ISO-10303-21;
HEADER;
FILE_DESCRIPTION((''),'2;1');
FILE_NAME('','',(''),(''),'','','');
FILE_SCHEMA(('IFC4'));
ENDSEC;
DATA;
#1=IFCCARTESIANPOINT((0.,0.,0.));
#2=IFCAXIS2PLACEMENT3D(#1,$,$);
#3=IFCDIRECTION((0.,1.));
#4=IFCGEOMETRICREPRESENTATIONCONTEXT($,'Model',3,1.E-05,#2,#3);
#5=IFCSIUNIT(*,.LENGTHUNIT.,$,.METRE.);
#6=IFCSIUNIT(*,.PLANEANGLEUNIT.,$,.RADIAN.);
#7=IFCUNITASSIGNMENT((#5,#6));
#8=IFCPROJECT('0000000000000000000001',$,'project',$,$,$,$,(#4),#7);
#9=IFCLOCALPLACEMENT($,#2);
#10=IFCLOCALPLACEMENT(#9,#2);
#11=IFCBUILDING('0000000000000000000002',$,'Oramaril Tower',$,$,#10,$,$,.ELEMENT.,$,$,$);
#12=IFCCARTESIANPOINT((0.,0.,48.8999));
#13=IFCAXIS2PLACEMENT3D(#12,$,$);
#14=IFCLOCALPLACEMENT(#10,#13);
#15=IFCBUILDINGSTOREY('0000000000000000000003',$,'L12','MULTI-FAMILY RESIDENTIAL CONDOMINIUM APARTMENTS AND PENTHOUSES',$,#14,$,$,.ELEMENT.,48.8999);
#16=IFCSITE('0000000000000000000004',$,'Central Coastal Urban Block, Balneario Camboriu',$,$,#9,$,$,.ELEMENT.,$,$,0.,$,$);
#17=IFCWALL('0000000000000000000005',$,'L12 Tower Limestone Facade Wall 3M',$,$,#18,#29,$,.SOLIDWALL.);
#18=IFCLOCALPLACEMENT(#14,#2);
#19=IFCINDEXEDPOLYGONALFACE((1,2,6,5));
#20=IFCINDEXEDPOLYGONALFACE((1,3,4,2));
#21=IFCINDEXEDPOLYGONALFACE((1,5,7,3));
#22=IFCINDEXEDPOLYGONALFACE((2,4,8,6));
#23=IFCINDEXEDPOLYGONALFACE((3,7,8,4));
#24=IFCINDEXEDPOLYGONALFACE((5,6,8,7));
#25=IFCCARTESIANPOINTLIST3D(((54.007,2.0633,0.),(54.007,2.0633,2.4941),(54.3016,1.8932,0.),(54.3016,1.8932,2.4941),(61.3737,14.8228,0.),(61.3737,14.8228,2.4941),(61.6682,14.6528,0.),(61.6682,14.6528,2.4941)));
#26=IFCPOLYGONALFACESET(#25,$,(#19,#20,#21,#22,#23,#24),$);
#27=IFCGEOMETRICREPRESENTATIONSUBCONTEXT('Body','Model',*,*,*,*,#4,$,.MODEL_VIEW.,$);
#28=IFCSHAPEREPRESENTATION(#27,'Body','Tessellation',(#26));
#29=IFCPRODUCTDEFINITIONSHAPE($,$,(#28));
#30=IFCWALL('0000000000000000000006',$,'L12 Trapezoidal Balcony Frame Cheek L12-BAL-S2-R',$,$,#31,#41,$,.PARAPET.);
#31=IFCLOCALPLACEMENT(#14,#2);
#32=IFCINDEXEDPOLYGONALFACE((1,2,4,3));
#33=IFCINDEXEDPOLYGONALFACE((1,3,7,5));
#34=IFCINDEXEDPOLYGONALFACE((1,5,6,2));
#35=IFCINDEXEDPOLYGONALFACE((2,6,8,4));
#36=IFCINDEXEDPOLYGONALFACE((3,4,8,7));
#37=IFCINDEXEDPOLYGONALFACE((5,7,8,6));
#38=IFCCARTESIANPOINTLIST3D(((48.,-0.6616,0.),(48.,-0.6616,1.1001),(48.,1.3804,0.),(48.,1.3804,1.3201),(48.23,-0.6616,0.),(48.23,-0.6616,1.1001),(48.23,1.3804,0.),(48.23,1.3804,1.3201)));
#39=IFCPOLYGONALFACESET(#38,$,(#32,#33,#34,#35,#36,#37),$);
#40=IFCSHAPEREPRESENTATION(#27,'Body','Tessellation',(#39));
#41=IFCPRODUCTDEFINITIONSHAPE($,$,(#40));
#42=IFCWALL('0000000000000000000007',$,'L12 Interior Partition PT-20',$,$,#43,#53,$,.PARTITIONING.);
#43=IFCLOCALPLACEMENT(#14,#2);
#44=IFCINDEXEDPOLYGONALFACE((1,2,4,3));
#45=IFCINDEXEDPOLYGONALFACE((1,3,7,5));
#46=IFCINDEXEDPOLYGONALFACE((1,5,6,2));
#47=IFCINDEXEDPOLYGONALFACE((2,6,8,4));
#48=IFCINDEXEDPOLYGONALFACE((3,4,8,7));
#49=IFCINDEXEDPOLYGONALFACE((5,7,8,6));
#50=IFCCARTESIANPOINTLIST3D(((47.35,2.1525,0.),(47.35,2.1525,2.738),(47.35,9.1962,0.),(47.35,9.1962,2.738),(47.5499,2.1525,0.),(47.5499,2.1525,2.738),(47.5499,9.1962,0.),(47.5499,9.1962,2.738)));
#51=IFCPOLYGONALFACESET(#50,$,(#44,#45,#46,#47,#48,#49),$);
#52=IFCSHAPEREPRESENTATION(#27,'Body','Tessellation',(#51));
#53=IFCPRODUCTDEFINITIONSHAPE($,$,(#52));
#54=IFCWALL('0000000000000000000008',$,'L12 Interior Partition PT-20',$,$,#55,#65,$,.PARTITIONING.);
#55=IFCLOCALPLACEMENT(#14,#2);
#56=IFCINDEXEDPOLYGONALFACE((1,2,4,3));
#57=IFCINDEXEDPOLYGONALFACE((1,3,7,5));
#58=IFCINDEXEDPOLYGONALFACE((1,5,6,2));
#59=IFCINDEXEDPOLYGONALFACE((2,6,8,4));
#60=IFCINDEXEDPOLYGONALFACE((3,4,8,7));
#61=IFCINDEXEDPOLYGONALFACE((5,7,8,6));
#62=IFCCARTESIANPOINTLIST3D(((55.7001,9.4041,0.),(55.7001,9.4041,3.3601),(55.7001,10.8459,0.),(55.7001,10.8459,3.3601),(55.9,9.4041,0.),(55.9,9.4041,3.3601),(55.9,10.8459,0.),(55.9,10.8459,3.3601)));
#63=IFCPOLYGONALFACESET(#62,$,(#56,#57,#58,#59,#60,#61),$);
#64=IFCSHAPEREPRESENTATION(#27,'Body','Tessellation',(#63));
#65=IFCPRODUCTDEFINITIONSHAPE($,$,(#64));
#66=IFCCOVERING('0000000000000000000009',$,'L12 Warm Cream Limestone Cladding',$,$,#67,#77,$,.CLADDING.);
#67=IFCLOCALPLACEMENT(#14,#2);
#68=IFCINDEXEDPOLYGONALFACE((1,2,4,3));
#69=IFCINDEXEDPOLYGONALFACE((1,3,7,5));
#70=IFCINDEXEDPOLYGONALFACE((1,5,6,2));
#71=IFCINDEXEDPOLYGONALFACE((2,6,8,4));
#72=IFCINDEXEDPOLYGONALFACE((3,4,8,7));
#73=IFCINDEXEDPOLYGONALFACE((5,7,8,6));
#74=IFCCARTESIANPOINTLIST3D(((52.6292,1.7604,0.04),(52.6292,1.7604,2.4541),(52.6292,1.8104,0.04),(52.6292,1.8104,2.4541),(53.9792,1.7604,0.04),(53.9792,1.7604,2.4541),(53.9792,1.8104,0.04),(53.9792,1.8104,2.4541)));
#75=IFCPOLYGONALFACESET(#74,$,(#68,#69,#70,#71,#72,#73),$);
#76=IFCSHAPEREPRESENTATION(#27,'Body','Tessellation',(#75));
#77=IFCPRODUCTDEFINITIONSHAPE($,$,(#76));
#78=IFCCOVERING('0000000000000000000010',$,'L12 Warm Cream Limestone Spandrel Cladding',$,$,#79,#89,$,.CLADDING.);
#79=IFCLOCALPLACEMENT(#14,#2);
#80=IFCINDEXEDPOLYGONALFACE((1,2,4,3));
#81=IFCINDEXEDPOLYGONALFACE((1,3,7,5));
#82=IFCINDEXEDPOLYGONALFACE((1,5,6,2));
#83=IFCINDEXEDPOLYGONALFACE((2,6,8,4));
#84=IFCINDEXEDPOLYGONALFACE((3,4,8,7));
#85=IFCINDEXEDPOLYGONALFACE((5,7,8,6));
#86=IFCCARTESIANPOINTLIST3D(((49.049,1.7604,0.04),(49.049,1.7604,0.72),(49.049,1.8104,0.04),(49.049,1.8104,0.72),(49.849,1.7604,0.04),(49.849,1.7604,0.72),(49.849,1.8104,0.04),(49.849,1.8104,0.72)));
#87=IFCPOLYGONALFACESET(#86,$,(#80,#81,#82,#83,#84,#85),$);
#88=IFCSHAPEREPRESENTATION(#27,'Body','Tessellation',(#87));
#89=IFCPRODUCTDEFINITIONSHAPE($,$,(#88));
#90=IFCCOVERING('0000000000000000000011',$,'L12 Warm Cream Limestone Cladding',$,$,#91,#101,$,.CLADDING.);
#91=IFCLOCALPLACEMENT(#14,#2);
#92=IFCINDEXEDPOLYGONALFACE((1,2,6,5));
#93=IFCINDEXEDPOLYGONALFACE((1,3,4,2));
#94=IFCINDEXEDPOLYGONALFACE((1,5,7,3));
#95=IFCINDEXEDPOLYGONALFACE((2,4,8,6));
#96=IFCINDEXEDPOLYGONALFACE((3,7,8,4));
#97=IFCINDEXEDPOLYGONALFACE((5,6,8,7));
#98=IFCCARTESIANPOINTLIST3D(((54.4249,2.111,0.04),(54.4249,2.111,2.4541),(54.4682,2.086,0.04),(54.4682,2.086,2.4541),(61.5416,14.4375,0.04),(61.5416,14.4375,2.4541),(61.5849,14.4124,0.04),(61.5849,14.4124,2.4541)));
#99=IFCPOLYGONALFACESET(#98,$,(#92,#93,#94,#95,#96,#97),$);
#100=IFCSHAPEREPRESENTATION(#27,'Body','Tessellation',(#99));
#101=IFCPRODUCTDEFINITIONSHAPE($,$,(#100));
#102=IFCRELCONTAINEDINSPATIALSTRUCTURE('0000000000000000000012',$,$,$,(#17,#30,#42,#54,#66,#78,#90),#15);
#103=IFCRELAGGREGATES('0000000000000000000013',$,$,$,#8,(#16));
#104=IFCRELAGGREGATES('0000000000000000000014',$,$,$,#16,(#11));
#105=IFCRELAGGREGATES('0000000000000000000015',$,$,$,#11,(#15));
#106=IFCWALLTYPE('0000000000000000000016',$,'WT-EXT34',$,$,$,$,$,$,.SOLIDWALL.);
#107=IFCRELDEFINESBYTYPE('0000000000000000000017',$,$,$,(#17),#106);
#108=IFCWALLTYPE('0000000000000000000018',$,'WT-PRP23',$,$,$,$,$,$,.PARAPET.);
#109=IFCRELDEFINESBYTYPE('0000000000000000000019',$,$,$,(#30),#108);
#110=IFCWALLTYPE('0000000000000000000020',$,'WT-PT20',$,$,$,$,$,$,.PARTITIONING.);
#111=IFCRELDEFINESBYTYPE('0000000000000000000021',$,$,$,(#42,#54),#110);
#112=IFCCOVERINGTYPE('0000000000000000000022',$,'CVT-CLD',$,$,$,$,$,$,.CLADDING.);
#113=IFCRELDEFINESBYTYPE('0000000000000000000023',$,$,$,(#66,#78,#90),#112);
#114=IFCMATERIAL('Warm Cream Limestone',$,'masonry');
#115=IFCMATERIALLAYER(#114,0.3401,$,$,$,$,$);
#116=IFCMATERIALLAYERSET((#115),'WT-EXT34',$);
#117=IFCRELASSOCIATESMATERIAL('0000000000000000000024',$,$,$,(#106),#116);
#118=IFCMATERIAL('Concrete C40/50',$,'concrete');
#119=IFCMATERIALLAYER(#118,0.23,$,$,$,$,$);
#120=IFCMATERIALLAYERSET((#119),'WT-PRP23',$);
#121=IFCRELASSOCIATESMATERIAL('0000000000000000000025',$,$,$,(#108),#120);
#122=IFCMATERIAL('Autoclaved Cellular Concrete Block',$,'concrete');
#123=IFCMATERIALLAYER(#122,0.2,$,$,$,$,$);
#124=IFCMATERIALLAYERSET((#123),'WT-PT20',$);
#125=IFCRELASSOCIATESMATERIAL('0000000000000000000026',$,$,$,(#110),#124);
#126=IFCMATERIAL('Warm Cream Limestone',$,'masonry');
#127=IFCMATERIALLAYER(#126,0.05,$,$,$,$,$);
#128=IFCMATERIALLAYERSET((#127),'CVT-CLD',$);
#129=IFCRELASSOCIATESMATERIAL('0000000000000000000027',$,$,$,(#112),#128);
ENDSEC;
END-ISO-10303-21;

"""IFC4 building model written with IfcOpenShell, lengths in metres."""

from ifc_helpers import new_model, si_unit, direction, frame, frame_2d, origin, origin_2d, place, context, subcontext, project, spatial, polyline, rectangle, outline, extrude, material, layer, layer_set, type_object, element, save


model = new_model("IFC4")

# Units and contexts
model_context = context("Model", 3, precision=1e-05, world=origin(), true_north=direction((0.0, 1.0)))
body_context = subcontext(model_context, "Body", "Model", "MODEL_VIEW")
ifc_project = project(units=[si_unit("LENGTHUNIT", "METRE"), si_unit("PLANEANGLEUNIT", "RADIAN")], contexts=[model_context])

# Site, building, storey
site_placement = place(None, origin())
site = spatial("IfcSite", under=ifc_project, at=site_placement, Name="Central Coastal Urban Block, Balneario Camboriu", CompositionType="ELEMENT", RefElevation=0.0)
building_placement = place(site_placement, origin())
building = spatial("IfcBuilding", under=site, at=building_placement, Name="Oramaril Tower", CompositionType="ELEMENT")
storey_placement = place(building_placement, frame((0.0, 0.0, 48.8999)))
storey = spatial("IfcBuildingStorey", under=building, at=storey_placement, Name="L12", Description="MULTI-FAMILY RESIDENTIAL CONDOMINIUM APARTMENTS AND PENTHOUSES", CompositionType="ELEMENT", Elevation=48.8999)

# Walls
ifc_material_1 = material(Name="Warm Cream Limestone", Category="masonry")
ifc_layer_1 = layer(ifc_material_1, 0.3401)
ifc_layer_set_1 = layer_set([ifc_layer_1], Name="WT-EXT34")
wall_type_1 = type_object("IfcWallType", Name="WT-EXT34", PredefinedType="SOLIDWALL", material=ifc_layer_set_1)
wall_1_placement = place(storey_placement, frame((54.1543, 1.9783, 0.0), z_axis=(0.0, 0.0, 1.0), x_axis=(0.499999, 0.866026, 0.0)))
element("IfcWall", 1, at=wall_1_placement, inside=storey, type_object=wall_type_1, Name="L12 Tower Limestone Facade Wall 3M", PredefinedType="SOLIDWALL", context=body_context, shape_type="SweptSolid", body=[
    extrude(rectangle(XDim=14.7334, YDim=0.3401, at=frame_2d((7.3667, 0.0))), origin(), (0.0, 0.0, 1.0), 2.4941),
])
ifc_material_2 = material(Name="Concrete C40/50", Category="concrete")
ifc_layer_2 = layer(ifc_material_2, 0.23)
ifc_layer_set_2 = layer_set([ifc_layer_2], Name="WT-PRP23")
wall_type_2 = type_object("IfcWallType", Name="WT-PRP23", PredefinedType="PARAPET", material=ifc_layer_set_2)
wall_2_placement = place(storey_placement, frame((48.115, 1.3804, 0.0), z_axis=(0.0, 0.0, 1.0), x_axis=(0.0, -1.0, 0.0)))
element("IfcWall", 2, at=wall_2_placement, inside=storey, type_object=wall_type_2, Name="L12 Trapezoidal Balcony Frame Cheek L12-BAL-S2-R", PredefinedType="PARAPET", context=body_context, shape_type="SweptSolid", body=[
    extrude(outline(polyline([(0.0, 0.0), (2.042, 0.0), (2.042, 1.1001), (0.0, 1.3201), (0.0, 0.0)])), frame((0.0, 0.115, 0.0), z_axis=(0.0, -1.0, 0.0), x_axis=(1.0, 0.0, 0.0)), (0.0, 0.0, 1.0), 0.23),
])
ifc_material_3 = material(Name="Autoclaved Cellular Concrete Block", Category="concrete")
ifc_layer_3 = layer(ifc_material_3, 0.2)
ifc_layer_set_3 = layer_set([ifc_layer_3], Name="WT-PT20")
wall_type_3 = type_object("IfcWallType", Name="WT-PT20", PredefinedType="PARTITIONING", material=ifc_layer_set_3)
wall_3_placement = place(storey_placement, frame((47.45, 2.1523, 0.0), z_axis=(0.0, 0.0, 1.0), x_axis=(0.0, 1.0, 0.0)))
element("IfcWall", 3, at=wall_3_placement, inside=storey, type_object=wall_type_3, Name="L12 Interior Partition PT-20", PredefinedType="PARTITIONING", context=body_context, shape_type="SweptSolid", body=[
    extrude(rectangle(XDim=7.0437, YDim=0.2, at=frame_2d((3.522, 0.0))), origin(), (0.0, 0.0, 1.0), 2.738),
])
wall_4_placement = place(storey_placement, frame((55.8, 9.4041, 0.0), z_axis=(0.0, 0.0, 1.0), x_axis=(0.0, 1.0, 0.0)))
element("IfcWall", 4, at=wall_4_placement, inside=storey, type_object=wall_type_3, Name="L12 Interior Partition PT-20", PredefinedType="PARTITIONING", context=body_context, shape_type="SweptSolid", body=[
    extrude(rectangle(XDim=1.4419, YDim=0.2, at=frame_2d((0.7209, 0.0))), origin(), (0.0, 0.0, 1.0), 3.3601),
])

# Coverings
ifc_material_4 = material(Name="Warm Cream Limestone", Category="masonry")
ifc_layer_4 = layer(ifc_material_4, 0.05)
ifc_layer_set_4 = layer_set([ifc_layer_4], Name="CVT-CLD")
covering_type = type_object("IfcCoveringType", Name="CVT-CLD", PredefinedType="CLADDING", material=ifc_layer_set_4)
covering_1_placement = place(storey_placement, frame((53.3042, 1.7854, 0.04), z_axis=(0.0, 0.0, 1.0), x_axis=(1.0, 0.0, 0.0)))
element("IfcCovering", 5, at=covering_1_placement, inside=storey, type_object=covering_type, Name="L12 Warm Cream Limestone Cladding", PredefinedType="CLADDING", context=body_context, shape_type="SweptSolid", body=[
    extrude(rectangle(XDim=1.3501, YDim=0.05, at=origin_2d()), origin(), (0.0, 0.0, 1.0), 2.4141),
])
covering_2_placement = place(storey_placement, frame((49.449, 1.7854, 0.04), z_axis=(0.0, 0.0, 1.0), x_axis=(1.0, 0.0, 0.0)))
element("IfcCovering", 6, at=covering_2_placement, inside=storey, type_object=covering_type, Name="L12 Warm Cream Limestone Spandrel Cladding", PredefinedType="CLADDING", context=body_context, shape_type="SweptSolid", body=[
    extrude(rectangle(XDim=0.8, YDim=0.05, at=origin_2d()), origin(), (0.0, 0.0, 1.0), 0.6799),
])
covering_3_placement = place(storey_placement, frame((58.0049, 8.2617, 0.04), z_axis=(0.0, 0.0, 1.0), x_axis=(0.5, 0.866025, 0.0)))
element("IfcCovering", 7, at=covering_3_placement, inside=storey, type_object=covering_type, Name="L12 Warm Cream Limestone Cladding", PredefinedType="CLADDING", context=body_context, shape_type="SweptSolid", body=[
    extrude(rectangle(XDim=14.2334, YDim=0.05, at=origin_2d()), origin(), (0.0, 0.0, 1.0), 2.4141),
])

save(model, "model.ifc")
